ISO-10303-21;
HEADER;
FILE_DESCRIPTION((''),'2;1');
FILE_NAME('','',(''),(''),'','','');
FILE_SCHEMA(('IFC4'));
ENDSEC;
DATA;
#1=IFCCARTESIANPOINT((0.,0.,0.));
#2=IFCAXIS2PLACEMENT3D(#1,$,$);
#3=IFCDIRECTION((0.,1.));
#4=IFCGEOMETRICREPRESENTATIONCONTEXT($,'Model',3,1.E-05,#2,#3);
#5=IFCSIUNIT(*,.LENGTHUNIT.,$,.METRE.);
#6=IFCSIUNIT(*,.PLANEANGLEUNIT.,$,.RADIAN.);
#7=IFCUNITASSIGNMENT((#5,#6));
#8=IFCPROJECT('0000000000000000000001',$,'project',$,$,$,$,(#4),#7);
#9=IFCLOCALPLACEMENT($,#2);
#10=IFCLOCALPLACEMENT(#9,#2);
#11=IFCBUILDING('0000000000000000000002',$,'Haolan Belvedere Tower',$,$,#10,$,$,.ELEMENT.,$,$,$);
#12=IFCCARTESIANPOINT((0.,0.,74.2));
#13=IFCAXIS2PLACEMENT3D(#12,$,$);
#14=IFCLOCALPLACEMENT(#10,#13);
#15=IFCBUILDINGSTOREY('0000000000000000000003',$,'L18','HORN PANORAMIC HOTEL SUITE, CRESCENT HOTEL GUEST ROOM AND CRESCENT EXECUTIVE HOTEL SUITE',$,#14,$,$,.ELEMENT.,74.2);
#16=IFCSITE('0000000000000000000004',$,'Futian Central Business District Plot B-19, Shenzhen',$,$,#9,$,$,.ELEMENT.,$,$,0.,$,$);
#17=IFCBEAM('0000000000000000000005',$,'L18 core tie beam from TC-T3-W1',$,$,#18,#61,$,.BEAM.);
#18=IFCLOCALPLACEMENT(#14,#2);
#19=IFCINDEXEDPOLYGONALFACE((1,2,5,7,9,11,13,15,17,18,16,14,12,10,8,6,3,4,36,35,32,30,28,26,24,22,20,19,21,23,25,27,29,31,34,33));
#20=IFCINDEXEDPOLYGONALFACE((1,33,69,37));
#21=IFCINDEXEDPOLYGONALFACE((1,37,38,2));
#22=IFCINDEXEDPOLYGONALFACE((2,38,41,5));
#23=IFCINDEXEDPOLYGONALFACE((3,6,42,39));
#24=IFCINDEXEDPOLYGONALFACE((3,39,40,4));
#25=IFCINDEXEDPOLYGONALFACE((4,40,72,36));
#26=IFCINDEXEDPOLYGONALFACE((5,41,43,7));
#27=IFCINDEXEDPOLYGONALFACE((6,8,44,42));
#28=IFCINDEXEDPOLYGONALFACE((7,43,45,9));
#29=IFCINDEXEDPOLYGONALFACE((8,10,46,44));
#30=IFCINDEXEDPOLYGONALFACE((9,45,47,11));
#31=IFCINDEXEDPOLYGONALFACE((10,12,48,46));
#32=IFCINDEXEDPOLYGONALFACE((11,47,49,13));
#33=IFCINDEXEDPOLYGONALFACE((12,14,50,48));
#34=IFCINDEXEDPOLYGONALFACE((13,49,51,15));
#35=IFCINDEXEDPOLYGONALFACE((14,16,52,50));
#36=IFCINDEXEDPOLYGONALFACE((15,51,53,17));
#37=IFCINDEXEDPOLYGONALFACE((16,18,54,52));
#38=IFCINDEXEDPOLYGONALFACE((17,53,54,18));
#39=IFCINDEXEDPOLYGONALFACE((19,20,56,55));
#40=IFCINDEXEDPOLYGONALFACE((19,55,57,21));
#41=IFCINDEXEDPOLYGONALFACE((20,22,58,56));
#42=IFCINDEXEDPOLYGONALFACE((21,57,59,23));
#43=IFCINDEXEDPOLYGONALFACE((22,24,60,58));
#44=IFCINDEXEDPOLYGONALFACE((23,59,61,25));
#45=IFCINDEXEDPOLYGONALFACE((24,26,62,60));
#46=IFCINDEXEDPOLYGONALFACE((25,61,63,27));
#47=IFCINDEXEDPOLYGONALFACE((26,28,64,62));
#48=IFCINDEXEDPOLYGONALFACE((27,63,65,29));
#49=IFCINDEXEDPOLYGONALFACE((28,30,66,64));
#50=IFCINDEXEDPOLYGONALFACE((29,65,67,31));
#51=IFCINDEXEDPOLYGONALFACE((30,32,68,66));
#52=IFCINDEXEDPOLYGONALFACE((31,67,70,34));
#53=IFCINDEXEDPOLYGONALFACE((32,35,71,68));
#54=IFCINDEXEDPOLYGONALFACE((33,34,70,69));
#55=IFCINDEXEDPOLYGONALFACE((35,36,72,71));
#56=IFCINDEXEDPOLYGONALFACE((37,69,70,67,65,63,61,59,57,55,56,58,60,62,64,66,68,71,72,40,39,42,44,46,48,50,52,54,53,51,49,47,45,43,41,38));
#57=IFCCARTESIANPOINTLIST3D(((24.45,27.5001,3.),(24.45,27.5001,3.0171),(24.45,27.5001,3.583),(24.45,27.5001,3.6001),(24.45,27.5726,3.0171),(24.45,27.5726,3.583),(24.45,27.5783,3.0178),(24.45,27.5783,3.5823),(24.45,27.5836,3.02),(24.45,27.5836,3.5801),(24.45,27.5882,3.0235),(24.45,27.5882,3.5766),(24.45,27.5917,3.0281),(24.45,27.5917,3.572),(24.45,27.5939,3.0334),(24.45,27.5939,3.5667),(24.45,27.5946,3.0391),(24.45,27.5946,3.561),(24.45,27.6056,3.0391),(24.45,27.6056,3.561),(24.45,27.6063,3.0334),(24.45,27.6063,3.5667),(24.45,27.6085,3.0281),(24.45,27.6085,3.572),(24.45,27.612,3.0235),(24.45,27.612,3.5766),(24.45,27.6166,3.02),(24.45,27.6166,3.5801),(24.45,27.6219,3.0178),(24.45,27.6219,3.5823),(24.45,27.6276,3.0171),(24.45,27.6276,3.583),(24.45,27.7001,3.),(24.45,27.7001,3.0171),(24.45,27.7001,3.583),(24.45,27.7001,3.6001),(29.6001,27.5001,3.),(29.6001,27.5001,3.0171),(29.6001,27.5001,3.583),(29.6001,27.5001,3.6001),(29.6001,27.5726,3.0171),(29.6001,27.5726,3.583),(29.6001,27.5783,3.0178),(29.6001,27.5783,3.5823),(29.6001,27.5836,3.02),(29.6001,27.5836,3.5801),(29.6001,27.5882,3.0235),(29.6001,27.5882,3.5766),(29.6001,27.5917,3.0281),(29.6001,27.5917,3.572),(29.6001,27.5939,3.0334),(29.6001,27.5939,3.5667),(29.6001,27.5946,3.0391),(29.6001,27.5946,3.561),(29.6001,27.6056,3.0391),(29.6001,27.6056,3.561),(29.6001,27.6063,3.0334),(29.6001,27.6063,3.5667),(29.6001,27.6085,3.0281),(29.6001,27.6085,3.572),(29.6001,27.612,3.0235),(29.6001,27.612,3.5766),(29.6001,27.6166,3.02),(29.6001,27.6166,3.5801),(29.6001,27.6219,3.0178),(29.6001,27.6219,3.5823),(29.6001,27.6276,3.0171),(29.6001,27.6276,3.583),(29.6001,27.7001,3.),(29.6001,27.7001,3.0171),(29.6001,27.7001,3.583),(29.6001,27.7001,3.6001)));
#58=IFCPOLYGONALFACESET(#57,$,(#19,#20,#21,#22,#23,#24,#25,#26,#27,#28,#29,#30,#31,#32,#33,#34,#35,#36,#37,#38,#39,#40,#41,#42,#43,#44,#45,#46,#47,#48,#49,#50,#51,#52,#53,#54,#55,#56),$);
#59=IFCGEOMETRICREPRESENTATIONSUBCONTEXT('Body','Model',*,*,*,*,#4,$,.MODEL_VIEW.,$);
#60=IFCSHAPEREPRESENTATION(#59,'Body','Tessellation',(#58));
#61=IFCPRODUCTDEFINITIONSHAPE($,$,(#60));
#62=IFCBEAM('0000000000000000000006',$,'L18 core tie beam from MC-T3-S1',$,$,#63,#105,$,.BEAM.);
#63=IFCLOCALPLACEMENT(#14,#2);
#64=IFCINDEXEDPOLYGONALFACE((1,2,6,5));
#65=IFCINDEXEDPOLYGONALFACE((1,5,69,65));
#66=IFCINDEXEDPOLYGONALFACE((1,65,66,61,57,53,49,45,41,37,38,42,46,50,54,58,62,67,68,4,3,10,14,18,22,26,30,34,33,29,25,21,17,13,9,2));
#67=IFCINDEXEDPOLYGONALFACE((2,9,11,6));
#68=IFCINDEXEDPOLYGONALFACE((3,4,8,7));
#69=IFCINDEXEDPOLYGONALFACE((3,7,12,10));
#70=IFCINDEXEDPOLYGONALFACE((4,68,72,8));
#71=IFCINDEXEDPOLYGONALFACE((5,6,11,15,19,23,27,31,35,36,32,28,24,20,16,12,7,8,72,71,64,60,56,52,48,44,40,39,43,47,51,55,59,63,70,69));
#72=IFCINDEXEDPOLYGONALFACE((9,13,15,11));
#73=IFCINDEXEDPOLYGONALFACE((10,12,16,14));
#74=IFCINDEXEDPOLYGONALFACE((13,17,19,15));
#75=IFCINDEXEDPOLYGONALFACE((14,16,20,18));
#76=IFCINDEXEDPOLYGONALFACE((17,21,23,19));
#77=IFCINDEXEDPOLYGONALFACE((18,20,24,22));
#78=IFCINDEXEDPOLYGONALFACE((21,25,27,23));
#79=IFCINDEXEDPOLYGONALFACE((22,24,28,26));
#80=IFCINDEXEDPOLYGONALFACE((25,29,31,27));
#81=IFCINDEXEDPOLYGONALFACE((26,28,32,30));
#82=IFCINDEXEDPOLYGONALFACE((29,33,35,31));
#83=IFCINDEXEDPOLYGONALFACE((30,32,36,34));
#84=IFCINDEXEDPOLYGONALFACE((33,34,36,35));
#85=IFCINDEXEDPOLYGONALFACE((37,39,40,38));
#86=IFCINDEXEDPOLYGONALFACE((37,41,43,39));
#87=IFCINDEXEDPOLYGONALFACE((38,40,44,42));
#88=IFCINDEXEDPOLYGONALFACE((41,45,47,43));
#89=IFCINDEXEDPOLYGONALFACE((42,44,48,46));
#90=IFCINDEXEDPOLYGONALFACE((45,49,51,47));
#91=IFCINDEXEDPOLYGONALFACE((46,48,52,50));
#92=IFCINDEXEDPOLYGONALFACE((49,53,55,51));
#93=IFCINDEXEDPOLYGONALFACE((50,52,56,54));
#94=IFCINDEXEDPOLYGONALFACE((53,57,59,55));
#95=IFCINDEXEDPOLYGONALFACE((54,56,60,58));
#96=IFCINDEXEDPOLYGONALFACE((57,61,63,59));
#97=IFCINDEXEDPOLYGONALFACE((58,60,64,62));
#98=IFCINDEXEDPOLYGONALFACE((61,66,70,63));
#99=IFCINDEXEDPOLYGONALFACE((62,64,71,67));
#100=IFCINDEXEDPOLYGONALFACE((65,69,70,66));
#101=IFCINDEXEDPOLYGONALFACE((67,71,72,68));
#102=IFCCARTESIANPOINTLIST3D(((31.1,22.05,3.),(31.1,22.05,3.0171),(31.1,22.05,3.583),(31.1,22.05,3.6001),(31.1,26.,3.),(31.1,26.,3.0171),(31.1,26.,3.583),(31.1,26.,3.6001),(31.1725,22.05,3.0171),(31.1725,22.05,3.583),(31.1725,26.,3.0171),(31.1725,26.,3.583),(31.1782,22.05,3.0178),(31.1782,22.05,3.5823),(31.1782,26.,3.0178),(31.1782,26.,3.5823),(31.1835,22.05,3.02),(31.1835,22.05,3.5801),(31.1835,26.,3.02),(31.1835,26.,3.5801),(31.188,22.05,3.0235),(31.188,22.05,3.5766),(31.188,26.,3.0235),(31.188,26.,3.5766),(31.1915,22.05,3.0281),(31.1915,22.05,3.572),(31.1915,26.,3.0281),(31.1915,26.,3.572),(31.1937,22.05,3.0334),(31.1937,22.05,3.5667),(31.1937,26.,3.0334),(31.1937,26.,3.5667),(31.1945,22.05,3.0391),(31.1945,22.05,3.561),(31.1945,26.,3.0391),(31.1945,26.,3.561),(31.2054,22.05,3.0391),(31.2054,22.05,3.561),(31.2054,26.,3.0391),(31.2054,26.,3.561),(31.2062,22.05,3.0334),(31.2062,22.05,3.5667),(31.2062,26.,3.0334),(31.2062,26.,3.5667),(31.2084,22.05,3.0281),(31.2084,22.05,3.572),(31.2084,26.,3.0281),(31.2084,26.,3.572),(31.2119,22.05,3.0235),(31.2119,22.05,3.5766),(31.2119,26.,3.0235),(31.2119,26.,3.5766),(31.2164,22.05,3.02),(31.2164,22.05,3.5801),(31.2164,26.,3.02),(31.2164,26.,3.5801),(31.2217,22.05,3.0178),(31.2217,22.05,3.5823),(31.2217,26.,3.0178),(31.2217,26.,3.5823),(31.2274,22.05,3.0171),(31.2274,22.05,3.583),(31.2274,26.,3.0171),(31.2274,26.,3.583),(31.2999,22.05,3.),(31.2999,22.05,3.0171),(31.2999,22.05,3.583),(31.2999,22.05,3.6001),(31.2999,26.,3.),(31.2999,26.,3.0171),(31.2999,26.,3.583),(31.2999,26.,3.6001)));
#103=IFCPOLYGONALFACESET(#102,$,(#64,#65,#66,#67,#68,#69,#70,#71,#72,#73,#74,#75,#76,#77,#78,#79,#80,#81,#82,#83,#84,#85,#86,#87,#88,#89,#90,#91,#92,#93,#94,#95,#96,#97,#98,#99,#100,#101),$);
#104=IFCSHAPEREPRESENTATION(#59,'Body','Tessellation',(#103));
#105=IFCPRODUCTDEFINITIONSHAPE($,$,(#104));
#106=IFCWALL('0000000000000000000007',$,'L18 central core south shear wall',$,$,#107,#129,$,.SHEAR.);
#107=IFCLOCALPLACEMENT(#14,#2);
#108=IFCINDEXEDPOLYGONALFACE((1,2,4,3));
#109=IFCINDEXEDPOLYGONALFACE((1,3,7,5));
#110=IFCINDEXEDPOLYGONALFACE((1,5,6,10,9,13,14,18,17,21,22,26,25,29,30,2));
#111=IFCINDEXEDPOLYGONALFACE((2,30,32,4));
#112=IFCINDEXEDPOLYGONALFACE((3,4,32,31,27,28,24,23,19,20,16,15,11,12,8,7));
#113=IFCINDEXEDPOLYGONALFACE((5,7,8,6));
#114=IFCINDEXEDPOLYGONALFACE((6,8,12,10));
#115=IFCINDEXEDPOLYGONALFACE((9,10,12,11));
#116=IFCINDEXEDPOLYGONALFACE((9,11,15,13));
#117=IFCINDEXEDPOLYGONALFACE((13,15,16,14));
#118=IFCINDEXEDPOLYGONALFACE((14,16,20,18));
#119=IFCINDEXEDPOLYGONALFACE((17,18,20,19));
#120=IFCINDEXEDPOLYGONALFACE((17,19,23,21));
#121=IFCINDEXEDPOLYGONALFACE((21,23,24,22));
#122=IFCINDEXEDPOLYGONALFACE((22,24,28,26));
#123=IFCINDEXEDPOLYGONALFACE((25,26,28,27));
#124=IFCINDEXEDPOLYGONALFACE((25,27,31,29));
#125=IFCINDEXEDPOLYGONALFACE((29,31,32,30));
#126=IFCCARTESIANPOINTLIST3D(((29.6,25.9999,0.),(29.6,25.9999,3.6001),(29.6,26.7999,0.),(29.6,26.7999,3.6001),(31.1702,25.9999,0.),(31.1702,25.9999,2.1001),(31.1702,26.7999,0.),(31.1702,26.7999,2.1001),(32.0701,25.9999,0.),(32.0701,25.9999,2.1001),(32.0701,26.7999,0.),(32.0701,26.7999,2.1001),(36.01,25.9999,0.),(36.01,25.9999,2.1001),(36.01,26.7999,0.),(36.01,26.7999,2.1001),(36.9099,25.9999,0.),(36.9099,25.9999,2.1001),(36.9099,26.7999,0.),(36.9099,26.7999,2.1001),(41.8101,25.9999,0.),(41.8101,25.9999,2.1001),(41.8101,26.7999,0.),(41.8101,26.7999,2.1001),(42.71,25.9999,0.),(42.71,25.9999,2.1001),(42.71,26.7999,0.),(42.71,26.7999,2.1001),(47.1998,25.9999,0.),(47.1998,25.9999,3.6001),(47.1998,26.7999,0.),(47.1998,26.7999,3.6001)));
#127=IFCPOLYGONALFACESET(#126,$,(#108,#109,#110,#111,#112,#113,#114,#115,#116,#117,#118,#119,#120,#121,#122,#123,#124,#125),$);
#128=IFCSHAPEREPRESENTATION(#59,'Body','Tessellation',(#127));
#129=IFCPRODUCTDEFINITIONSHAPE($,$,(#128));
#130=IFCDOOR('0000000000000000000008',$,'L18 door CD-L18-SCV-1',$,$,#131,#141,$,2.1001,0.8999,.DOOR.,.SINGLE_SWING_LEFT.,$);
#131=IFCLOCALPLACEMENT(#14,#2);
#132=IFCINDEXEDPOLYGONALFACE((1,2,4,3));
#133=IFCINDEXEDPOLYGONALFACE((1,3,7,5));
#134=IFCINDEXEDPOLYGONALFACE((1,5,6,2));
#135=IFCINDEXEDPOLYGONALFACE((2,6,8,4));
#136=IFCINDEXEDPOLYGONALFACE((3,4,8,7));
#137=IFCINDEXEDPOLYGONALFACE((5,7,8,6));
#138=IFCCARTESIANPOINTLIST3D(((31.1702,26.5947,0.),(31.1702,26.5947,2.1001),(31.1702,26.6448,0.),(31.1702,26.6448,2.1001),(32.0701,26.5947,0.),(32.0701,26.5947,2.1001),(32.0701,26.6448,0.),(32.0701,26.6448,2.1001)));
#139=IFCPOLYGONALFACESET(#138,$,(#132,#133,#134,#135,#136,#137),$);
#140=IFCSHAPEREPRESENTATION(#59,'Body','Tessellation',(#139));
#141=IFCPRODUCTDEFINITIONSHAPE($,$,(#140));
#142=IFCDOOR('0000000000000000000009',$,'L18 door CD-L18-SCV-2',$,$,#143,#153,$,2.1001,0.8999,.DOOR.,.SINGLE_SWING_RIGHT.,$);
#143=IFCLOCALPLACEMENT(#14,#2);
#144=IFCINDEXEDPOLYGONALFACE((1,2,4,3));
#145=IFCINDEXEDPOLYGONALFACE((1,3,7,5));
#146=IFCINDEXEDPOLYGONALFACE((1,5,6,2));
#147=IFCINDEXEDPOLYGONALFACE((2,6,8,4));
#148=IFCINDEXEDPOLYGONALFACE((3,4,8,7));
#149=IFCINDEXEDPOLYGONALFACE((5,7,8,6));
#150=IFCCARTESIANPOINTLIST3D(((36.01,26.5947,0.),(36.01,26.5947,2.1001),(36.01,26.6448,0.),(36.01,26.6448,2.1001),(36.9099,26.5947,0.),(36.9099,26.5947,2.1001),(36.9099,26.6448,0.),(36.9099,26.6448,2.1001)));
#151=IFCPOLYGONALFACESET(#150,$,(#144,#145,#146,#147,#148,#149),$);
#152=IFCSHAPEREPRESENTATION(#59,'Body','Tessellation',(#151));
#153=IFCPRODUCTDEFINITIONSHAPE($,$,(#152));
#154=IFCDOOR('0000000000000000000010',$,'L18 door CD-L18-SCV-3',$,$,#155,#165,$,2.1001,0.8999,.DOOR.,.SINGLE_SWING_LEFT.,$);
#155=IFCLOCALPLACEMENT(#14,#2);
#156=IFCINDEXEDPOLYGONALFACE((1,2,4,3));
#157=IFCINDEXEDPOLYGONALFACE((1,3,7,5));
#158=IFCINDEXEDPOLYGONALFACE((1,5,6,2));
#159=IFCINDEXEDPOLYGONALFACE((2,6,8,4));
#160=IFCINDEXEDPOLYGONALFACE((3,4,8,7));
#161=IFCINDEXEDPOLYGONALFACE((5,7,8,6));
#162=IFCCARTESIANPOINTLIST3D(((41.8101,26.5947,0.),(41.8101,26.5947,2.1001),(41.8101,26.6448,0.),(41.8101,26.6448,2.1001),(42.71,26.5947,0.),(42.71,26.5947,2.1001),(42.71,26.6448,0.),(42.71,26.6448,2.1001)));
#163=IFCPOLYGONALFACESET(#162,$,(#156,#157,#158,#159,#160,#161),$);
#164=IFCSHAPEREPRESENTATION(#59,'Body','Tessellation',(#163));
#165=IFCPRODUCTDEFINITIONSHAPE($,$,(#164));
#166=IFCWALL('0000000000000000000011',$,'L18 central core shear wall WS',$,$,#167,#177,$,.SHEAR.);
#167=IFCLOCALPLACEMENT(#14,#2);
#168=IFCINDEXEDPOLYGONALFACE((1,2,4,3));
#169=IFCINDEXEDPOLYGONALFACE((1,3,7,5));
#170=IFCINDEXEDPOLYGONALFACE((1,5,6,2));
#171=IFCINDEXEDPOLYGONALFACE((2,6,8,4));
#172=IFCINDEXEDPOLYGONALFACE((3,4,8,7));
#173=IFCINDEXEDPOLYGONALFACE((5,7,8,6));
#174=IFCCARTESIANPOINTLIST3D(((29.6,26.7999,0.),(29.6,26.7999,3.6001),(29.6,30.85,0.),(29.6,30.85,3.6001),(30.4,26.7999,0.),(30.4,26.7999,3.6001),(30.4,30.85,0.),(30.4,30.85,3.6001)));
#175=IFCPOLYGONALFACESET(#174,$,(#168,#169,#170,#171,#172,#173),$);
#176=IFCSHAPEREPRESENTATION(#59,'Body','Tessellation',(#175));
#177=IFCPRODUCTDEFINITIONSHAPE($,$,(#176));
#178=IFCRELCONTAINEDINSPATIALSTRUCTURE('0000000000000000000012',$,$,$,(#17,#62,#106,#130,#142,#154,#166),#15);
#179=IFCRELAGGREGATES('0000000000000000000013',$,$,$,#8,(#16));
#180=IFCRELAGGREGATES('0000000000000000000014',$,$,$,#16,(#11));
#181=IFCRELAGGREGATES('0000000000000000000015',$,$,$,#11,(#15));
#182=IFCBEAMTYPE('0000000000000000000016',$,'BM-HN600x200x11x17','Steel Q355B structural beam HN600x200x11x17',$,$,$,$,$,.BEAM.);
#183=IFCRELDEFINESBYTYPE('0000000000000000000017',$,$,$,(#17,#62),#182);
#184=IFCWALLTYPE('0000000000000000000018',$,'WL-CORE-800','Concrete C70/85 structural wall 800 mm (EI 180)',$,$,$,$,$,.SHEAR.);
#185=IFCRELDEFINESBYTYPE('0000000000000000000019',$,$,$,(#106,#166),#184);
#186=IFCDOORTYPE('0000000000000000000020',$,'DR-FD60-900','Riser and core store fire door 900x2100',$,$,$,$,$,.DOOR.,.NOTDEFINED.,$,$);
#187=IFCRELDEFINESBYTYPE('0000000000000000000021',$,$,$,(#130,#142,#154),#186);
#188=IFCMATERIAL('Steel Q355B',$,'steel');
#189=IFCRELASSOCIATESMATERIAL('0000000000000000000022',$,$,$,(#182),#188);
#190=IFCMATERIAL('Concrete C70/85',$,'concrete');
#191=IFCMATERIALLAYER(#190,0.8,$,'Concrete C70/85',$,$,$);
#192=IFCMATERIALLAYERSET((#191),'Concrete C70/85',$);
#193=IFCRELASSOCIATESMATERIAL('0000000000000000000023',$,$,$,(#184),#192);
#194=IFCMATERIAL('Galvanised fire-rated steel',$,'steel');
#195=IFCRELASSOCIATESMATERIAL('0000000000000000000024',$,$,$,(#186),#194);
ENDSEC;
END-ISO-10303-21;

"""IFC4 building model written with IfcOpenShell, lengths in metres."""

from ifc_helpers import new_model, si_unit, direction, frame, frame_2d, origin, origin_2d, place, context, subcontext, project, spatial, rectangle, i_section, extrude, material, layer, layer_set, material_profile, profile_set, type_object, element, fill, save


model = new_model("IFC4")

# Units and contexts
model_context = context("Model", 3, precision=1e-05, world=origin(), true_north=direction((0.0, 1.0)))
body_context = subcontext(model_context, "Body", "Model", "MODEL_VIEW")
ifc_project = project(units=[si_unit("LENGTHUNIT", "METRE"), si_unit("PLANEANGLEUNIT", "RADIAN")], contexts=[model_context])

# Site, building, storey
site_placement = place(None, origin())
site = spatial("IfcSite", under=ifc_project, at=site_placement, Name="Futian Central Business District Plot B-19, Shenzhen", CompositionType="ELEMENT", RefElevation=0.0)
building_placement = place(site_placement, origin())
building = spatial("IfcBuilding", under=site, at=building_placement, Name="Haolan Belvedere Tower", CompositionType="ELEMENT")
storey_placement = place(building_placement, frame((0.0, 0.0, 74.2)))
storey = spatial("IfcBuildingStorey", under=building, at=storey_placement, Name="L18", Description="HORN PANORAMIC HOTEL SUITE, CRESCENT HOTEL GUEST ROOM AND CRESCENT EXECUTIVE HOTEL SUITE", CompositionType="ELEMENT", Elevation=74.2)

# Shared definitions
ifc_material_1 = material(Name="Steel Q355B", Category="steel")

# Beams
ifc_material_profile_1 = material_profile(ifc_material_1, i_section(OverallWidth=0.2, OverallDepth=0.6001, WebThickness=0.011, FlangeThickness=0.0171, FilletRadius=0.022, at=origin_2d()), Name="Steel Q355B")
ifc_profile_set_1 = profile_set([ifc_material_profile_1], Name="Steel Q355B")
beam_type_1 = type_object("IfcBeamType", Name="BM-HN600x200x11x17", Description="Steel Q355B structural beam HN600x200x11x17", PredefinedType="BEAM", material=ifc_profile_set_1)
beam_1_placement = place(storey_placement, frame((24.45, 27.6001, 3.3), z_axis=(1.0, 0.0, 0.0), x_axis=(0.0, 1.0, 0.0)))
element("IfcBeam", 1, at=beam_1_placement, inside=storey, type_object=beam_type_1, Name="L18 core tie beam from TC-T3-W1", PredefinedType="BEAM", context=body_context, shape_type="SweptSolid", body=[
    extrude(i_section(OverallWidth=0.2, OverallDepth=0.6001, WebThickness=0.011, FlangeThickness=0.0171, FilletRadius=0.022, at=origin_2d()), origin(), (0.0, 0.0, 1.0), 5.1501),
])
beam_2_placement = place(storey_placement, frame((31.2, 22.05, 3.3), z_axis=(0.0, 1.0, 0.0), x_axis=(-1.0, 0.0, 0.0)))
element("IfcBeam", 2, at=beam_2_placement, inside=storey, type_object=beam_type_1, Name="L18 core tie beam from MC-T3-S1", PredefinedType="BEAM", context=body_context, shape_type="SweptSolid", body=[
    extrude(i_section(OverallWidth=0.2, OverallDepth=0.6001, WebThickness=0.011, FlangeThickness=0.0171, FilletRadius=0.022, at=origin_2d()), origin(), (0.0, 0.0, 1.0), 3.95),
])

# Wall, openings, doors
ifc_material_2 = material(Name="Concrete C70/85", Category="concrete")
ifc_layer_1 = layer(ifc_material_2, 0.8, Name="Concrete C70/85")
ifc_layer_set_1 = layer_set([ifc_layer_1], Name="Concrete C70/85")
wall_type_1 = type_object("IfcWallType", Name="WL-CORE-800", Description="Concrete C70/85 structural wall 800 mm (EI 180)", PredefinedType="SHEAR", material=ifc_layer_set_1)
wall_1_placement = place(storey_placement, frame((29.6001, 26.3999, 0.0), z_axis=(0.0, 0.0, 1.0), x_axis=(1.0, 0.0, 0.0)))
wall_1 = element("IfcWall", 3, at=wall_1_placement, inside=storey, type_object=wall_type_1, Name="L18 central core south shear wall", PredefinedType="SHEAR", context=body_context, shape_type="SweptSolid", body=[
    extrude(rectangle(XDim=17.5999, YDim=0.8, at=frame_2d((8.7998, 0.0))), origin(), (0.0, 0.0, 1.0), 3.6001),
])
opening_1_placement = place(wall_1_placement, frame((2.47, 0.0, 0.0), z_axis=(0.0, 0.0, 1.0), x_axis=(-1.0, 0.0, 0.0)))
opening_1 = element("IfcOpeningElement", 4, at=opening_1_placement, cuts=wall_1, PredefinedType="OPENING", context=body_context, shape_type="SweptSolid", body=[
    extrude(rectangle(XDim=0.8999, YDim=2.1001, at=frame_2d((0.45, 1.05))), frame((0.0, 0.4099, 0.0), z_axis=(0.0, -1.0, 0.0), x_axis=(1.0, 0.0, 0.0)), (0.0, 0.0, 1.0), 0.8201),
])
opening_2_placement = place(wall_1_placement, frame((7.3098, 0.0, 0.0), z_axis=(0.0, 0.0, 1.0), x_axis=(-1.0, 0.0, 0.0)))
opening_2 = element("IfcOpeningElement", 5, at=opening_2_placement, cuts=wall_1, PredefinedType="OPENING", context=body_context, shape_type="SweptSolid", body=[
    extrude(rectangle(XDim=0.8999, YDim=2.1001, at=frame_2d((0.45, 1.05))), frame((0.0, 0.4099, 0.0), z_axis=(0.0, -1.0, 0.0), x_axis=(1.0, 0.0, 0.0)), (0.0, 0.0, 1.0), 0.8201),
])
opening_3_placement = place(wall_1_placement, frame((13.1099, 0.0, 0.0), z_axis=(0.0, 0.0, 1.0), x_axis=(-1.0, 0.0, 0.0)))
opening_3 = element("IfcOpeningElement", 6, at=opening_3_placement, cuts=wall_1, PredefinedType="OPENING", context=body_context, shape_type="SweptSolid", body=[
    extrude(rectangle(XDim=0.8999, YDim=2.1001, at=frame_2d((0.45, 1.05))), frame((0.0, 0.4099, 0.0), z_axis=(0.0, -1.0, 0.0), x_axis=(1.0, 0.0, 0.0)), (0.0, 0.0, 1.0), 0.8201),
])
ifc_material_3 = material(Name="Galvanised fire-rated steel", Category="steel")
door_type_1 = type_object("IfcDoorType", Name="DR-FD60-900", Description="Riser and core store fire door 900x2100", OperationType="NOTDEFINED", PredefinedType="DOOR", material=ifc_material_3)
door_1_placement = place(opening_1_placement, origin())
door_1 = element("IfcDoor", 7, at=door_1_placement, inside=storey, type_object=door_type_1, Name="L18 door CD-L18-SCV-1", OperationType="SINGLE_SWING_LEFT", OverallHeight=2.1001, OverallWidth=0.8999, PredefinedType="DOOR", context=body_context, shape_type="SweptSolid", body=[
    extrude(rectangle(XDim=0.8999, YDim=2.1001, at=frame_2d((0.45, 1.05))), frame((0.0, -0.1948, 0.0), z_axis=(0.0, -1.0, 0.0), x_axis=(1.0, 0.0, 0.0)), (0.0, 0.0, 1.0), 0.05),
])
fill(opening_1, door_1)
door_2_placement = place(opening_2_placement, origin())
door_2 = element("IfcDoor", 8, at=door_2_placement, inside=storey, type_object=door_type_1, Name="L18 door CD-L18-SCV-2", OperationType="SINGLE_SWING_RIGHT", OverallHeight=2.1001, OverallWidth=0.8999, PredefinedType="DOOR", context=body_context, shape_type="SweptSolid", body=[
    extrude(rectangle(XDim=0.8999, YDim=2.1001, at=frame_2d((0.45, 1.05))), frame((0.0, -0.1948, 0.0), z_axis=(0.0, -1.0, 0.0), x_axis=(1.0, 0.0, 0.0)), (0.0, 0.0, 1.0), 0.05),
])
fill(opening_2, door_2)
door_3_placement = place(opening_3_placement, origin())
door_3 = element("IfcDoor", 9, at=door_3_placement, inside=storey, type_object=door_type_1, Name="L18 door CD-L18-SCV-3", OperationType="SINGLE_SWING_LEFT", OverallHeight=2.1001, OverallWidth=0.8999, PredefinedType="DOOR", context=body_context, shape_type="SweptSolid", body=[
    extrude(rectangle(XDim=0.8999, YDim=2.1001, at=frame_2d((0.45, 1.05))), frame((0.0, -0.1948, 0.0), z_axis=(0.0, -1.0, 0.0), x_axis=(1.0, 0.0, 0.0)), (0.0, 0.0, 1.0), 0.05),
])
fill(opening_3, door_3)

# Wall
wall_2_placement = place(storey_placement, frame((30.0, 26.8, 0.0), z_axis=(0.0, 0.0, 1.0), x_axis=(0.0, 1.0, 0.0)))
element("IfcWall", 10, at=wall_2_placement, inside=storey, type_object=wall_type_1, Name="L18 central core shear wall WS", PredefinedType="SHEAR", context=body_context, shape_type="SweptSolid", body=[
    extrude(rectangle(XDim=4.05, YDim=0.8, at=frame_2d((2.0249, 0.0))), origin(), (0.0, 0.0, 1.0), 3.6001),
])

save(model, "model.ifc")
